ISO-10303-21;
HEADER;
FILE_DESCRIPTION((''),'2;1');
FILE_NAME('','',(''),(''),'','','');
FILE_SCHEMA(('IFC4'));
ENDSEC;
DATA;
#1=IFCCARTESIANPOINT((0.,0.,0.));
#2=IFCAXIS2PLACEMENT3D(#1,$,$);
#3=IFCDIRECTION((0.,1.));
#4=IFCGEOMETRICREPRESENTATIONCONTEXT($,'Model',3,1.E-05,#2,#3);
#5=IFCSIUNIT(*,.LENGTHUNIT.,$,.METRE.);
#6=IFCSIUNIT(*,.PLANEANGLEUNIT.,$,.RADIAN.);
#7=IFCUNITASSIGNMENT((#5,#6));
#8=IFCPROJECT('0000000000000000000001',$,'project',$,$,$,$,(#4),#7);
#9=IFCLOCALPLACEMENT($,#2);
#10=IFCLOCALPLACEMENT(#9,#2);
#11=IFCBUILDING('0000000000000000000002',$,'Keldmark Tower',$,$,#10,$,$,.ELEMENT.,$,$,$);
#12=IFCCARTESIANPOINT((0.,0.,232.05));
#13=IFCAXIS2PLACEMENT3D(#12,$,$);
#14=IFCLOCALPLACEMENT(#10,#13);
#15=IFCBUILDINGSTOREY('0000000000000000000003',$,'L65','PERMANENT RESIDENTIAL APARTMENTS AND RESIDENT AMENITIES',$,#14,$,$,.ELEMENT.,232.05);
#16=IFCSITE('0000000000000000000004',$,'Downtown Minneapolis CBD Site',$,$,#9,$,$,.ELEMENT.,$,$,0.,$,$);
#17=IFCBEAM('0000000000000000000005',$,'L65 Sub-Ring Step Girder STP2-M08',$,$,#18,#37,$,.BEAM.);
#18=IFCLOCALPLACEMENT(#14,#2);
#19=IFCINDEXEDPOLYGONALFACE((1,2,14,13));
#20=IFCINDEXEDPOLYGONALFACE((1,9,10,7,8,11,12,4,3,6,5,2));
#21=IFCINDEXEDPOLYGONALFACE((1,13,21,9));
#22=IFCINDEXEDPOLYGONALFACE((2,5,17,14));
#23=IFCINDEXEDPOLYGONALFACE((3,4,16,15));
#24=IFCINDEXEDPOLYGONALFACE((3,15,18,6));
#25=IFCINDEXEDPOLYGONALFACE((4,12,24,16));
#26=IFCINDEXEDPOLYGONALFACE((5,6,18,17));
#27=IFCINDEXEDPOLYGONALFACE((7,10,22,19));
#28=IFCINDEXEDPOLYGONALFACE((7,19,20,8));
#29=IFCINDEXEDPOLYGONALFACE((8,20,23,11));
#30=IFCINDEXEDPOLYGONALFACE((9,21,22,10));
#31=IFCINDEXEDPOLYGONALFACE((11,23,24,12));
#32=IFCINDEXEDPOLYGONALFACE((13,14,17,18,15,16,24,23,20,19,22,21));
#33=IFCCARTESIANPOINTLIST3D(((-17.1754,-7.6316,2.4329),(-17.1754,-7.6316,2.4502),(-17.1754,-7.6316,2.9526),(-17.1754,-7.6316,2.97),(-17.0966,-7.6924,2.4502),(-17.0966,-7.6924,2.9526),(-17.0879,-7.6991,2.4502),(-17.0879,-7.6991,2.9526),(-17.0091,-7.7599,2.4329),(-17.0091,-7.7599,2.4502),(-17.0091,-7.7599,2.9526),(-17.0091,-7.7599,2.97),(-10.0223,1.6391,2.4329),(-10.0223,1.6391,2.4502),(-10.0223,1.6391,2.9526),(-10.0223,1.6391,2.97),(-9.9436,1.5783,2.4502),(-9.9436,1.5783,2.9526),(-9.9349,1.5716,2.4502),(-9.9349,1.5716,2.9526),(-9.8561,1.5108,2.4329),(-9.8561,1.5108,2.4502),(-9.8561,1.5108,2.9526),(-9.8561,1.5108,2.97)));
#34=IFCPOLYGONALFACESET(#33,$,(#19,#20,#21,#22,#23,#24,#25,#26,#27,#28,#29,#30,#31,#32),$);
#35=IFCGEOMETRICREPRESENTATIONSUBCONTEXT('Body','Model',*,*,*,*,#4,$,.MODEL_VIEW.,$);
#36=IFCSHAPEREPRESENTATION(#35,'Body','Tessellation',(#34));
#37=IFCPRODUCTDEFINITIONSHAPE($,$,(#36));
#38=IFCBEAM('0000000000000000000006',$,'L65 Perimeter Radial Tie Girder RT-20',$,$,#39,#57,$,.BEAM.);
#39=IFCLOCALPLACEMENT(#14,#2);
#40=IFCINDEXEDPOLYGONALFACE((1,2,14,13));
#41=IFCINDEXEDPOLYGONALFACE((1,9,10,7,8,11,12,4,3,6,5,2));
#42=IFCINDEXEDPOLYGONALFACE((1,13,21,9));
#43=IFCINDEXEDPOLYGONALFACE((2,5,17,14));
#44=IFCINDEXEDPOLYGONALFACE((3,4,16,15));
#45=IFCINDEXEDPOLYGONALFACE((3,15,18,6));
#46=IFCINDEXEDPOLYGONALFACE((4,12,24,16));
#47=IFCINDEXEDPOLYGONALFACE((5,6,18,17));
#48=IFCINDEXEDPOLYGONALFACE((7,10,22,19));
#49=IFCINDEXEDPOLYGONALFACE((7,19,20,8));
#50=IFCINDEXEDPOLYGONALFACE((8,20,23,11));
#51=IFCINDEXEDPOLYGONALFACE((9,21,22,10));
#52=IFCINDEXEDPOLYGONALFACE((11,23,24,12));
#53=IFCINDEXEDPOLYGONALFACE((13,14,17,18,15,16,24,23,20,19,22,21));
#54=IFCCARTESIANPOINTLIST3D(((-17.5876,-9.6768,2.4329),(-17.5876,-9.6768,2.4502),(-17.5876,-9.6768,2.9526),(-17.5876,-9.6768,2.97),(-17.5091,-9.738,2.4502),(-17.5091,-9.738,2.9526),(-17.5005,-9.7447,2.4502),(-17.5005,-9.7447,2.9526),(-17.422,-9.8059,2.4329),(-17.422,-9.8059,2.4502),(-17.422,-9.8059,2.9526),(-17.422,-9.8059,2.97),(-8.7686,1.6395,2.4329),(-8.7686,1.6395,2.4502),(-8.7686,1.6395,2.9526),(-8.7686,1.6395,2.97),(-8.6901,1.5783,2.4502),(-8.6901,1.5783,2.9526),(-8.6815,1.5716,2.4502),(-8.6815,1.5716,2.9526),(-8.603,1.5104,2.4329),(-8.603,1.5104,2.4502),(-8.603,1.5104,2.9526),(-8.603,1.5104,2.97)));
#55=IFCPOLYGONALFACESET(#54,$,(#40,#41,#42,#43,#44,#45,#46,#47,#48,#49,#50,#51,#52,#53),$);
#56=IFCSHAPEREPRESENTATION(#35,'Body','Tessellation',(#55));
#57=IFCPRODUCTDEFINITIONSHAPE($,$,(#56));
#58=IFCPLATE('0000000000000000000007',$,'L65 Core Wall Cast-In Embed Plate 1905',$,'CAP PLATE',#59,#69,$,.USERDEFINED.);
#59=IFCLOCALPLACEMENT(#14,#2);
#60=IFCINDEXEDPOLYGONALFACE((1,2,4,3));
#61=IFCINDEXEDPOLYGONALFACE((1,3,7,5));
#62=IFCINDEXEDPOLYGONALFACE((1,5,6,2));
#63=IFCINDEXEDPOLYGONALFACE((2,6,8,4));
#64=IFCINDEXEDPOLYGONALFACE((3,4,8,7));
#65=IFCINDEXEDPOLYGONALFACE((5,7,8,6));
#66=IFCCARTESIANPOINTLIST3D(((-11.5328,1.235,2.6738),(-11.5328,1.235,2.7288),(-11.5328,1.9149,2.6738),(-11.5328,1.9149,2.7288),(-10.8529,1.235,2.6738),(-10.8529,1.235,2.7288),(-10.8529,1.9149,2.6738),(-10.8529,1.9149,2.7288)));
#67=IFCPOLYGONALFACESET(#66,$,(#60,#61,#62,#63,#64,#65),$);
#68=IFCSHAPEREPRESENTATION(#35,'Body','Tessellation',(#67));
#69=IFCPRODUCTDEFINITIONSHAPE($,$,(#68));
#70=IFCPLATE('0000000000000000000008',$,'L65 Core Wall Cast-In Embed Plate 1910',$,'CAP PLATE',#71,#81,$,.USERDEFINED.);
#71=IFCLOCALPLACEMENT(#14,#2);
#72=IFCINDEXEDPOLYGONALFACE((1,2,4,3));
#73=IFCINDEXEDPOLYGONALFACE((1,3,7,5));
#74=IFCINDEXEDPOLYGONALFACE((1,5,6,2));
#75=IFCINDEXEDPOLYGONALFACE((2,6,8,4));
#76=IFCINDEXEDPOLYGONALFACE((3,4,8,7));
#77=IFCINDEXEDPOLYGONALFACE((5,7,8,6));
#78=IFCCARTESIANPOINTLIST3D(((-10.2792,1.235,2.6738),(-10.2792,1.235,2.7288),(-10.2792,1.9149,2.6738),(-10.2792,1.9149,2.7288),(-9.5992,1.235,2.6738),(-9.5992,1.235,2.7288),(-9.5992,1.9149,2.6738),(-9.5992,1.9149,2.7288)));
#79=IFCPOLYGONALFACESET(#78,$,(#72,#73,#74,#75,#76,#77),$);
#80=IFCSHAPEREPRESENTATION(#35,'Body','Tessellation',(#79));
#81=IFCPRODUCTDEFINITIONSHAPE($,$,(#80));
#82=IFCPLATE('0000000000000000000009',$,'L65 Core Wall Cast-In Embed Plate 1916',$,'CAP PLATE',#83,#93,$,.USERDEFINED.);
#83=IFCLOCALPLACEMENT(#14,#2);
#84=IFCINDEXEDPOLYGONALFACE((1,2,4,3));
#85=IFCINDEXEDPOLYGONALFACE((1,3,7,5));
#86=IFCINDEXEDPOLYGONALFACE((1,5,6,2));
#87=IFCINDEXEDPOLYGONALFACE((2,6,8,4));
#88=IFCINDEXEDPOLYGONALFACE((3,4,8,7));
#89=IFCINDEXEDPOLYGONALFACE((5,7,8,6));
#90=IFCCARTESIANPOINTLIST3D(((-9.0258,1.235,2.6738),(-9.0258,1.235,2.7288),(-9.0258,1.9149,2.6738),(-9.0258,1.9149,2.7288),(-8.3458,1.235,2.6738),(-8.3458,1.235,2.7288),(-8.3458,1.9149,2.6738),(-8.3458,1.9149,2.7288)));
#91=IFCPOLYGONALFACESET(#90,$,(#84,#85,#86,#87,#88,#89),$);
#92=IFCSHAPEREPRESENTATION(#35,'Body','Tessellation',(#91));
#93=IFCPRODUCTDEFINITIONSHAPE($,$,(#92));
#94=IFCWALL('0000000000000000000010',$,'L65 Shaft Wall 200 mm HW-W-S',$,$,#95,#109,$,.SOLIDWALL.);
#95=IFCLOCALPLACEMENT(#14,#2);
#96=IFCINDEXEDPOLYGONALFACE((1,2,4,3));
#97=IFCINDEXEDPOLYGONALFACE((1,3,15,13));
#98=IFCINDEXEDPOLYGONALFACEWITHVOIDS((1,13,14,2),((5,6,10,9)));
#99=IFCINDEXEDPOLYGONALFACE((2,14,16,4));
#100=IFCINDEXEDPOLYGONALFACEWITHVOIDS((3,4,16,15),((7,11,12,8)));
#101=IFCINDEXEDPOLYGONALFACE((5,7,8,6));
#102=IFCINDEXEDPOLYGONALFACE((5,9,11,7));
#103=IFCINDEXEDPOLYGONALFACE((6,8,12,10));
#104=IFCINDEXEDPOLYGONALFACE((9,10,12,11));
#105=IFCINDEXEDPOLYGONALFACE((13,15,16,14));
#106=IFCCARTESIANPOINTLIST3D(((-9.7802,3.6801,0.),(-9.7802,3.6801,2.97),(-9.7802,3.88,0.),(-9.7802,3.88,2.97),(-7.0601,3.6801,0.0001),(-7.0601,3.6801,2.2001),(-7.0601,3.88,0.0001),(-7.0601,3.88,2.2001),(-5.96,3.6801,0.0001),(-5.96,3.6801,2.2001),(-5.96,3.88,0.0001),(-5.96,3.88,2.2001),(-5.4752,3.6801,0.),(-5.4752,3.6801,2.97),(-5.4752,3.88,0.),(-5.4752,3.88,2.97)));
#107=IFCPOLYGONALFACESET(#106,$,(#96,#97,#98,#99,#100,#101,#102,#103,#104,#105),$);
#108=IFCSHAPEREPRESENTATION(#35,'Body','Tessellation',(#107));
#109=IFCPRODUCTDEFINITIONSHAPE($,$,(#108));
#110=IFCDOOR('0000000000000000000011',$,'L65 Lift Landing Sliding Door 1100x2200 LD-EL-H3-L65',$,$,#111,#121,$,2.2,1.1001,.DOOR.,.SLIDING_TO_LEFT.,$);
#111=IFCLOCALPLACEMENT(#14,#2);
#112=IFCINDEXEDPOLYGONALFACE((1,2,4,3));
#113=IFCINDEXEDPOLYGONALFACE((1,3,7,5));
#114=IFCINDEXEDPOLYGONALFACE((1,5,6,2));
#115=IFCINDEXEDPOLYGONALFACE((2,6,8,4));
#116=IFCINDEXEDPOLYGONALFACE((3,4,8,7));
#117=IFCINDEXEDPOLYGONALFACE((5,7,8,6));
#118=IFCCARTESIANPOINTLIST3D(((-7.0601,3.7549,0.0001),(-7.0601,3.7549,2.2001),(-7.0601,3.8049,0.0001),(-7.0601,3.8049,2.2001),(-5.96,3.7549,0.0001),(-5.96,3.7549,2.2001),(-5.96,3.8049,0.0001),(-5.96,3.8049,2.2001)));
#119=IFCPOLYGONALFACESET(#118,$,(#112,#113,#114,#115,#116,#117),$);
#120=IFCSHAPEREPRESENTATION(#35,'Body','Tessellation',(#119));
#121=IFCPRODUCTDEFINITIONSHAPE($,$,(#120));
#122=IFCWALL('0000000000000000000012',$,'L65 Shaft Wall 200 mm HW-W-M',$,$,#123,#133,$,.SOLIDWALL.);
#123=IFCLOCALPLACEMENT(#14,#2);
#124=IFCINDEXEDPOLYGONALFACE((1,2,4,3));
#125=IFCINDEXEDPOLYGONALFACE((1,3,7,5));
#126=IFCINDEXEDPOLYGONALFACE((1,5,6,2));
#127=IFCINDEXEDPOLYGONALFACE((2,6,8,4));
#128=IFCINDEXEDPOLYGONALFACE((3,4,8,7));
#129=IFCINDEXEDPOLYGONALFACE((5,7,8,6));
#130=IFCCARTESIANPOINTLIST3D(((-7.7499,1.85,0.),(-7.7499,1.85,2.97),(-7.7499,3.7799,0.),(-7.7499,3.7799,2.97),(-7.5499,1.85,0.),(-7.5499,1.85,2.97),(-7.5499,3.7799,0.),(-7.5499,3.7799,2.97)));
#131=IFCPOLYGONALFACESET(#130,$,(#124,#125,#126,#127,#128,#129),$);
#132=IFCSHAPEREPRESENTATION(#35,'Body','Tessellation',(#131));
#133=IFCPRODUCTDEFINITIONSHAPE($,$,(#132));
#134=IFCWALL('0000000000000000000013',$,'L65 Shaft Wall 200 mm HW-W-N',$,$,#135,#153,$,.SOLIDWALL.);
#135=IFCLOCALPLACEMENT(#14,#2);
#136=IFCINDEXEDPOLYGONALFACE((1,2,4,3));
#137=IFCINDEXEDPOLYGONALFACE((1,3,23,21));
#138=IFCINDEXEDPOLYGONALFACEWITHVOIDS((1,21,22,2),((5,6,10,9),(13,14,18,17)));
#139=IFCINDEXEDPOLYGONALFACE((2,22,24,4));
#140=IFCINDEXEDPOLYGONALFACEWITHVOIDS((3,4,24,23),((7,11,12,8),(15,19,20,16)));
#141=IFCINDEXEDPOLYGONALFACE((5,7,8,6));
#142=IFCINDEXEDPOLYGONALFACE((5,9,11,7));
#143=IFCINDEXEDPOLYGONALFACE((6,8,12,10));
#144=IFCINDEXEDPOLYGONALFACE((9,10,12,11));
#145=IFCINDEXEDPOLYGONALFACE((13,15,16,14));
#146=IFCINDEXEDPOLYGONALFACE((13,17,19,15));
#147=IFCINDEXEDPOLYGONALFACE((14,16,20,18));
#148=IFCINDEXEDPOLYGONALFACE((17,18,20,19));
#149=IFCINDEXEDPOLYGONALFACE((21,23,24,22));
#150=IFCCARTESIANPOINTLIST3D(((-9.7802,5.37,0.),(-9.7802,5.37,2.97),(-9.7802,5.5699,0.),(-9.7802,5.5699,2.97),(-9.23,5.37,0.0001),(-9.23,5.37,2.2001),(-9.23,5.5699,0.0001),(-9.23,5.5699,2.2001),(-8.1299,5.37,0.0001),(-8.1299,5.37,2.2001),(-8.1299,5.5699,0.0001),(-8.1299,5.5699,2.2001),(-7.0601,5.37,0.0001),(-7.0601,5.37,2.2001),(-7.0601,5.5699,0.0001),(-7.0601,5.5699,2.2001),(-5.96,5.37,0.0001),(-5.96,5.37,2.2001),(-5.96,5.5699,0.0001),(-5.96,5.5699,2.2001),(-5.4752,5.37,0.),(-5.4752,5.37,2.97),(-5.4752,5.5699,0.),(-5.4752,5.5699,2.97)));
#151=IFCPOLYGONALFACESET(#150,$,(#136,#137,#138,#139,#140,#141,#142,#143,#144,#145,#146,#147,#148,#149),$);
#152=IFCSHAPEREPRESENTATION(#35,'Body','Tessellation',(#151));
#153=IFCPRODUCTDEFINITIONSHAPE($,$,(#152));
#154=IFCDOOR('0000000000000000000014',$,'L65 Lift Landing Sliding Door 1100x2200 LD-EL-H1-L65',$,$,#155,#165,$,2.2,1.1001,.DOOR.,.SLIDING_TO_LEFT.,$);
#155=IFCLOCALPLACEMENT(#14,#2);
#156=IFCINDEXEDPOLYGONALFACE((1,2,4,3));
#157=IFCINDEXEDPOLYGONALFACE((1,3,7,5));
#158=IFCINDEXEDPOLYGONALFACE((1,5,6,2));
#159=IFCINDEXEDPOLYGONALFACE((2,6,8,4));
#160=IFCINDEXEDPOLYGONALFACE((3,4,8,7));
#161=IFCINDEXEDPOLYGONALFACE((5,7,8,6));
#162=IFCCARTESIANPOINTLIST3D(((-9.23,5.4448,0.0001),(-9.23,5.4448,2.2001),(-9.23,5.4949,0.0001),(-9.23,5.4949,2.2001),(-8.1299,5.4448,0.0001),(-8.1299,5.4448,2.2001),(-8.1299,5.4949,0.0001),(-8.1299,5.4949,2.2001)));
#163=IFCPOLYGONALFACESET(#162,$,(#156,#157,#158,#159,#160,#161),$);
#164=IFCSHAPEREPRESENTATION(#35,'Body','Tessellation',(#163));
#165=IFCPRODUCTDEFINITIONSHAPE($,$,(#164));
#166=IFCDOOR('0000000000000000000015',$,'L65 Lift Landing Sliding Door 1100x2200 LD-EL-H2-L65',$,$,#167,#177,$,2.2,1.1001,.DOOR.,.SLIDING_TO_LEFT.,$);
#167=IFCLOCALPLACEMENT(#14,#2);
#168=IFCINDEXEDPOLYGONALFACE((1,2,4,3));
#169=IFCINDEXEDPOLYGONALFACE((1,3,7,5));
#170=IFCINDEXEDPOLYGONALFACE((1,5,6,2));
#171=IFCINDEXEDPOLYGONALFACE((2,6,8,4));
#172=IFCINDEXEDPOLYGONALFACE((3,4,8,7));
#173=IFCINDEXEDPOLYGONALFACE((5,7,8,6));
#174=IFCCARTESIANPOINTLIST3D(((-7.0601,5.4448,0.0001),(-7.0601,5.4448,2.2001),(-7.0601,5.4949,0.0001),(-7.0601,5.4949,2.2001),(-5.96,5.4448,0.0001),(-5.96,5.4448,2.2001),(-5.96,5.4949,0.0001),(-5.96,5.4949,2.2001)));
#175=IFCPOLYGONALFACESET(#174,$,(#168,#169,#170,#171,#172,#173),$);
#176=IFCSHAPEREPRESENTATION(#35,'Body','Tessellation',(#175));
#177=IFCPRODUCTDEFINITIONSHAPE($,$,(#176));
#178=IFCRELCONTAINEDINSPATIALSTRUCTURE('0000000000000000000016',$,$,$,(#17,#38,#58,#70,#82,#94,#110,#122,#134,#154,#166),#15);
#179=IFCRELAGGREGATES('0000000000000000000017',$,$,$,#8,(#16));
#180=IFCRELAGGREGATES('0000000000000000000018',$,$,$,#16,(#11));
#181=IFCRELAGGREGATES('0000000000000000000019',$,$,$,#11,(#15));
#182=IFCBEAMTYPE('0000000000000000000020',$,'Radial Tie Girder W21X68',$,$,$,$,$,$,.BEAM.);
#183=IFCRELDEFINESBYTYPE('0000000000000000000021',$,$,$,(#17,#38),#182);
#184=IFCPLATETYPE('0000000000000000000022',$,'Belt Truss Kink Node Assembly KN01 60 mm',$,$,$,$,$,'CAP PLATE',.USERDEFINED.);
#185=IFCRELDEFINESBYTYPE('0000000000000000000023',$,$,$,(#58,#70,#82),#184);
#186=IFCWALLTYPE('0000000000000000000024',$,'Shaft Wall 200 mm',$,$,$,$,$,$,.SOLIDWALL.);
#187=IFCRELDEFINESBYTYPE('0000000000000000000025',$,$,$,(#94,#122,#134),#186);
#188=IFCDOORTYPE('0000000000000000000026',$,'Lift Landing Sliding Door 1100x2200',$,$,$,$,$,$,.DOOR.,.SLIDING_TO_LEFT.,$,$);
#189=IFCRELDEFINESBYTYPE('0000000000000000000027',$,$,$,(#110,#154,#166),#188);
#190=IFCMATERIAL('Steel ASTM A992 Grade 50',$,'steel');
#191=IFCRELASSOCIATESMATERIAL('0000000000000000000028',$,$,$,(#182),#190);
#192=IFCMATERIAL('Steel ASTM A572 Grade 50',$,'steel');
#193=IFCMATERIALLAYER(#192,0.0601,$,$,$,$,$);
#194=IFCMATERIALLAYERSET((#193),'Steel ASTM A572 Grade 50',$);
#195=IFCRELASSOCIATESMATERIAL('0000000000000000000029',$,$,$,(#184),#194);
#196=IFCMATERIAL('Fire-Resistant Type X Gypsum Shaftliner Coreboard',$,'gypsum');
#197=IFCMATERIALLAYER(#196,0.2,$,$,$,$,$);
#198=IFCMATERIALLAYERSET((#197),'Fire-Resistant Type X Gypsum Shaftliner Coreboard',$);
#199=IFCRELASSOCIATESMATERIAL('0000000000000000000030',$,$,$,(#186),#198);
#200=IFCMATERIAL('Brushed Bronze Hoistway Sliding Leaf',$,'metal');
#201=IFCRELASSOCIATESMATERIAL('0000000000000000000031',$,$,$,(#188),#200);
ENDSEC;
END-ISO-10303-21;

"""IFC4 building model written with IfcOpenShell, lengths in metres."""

from ifc_helpers import new_model, si_unit, direction, frame, frame_2d, origin, origin_2d, place, context, subcontext, project, spatial, rectangle, i_section, extrude, material, layer, layer_set, material_profile, profile_set, type_object, element, fill, save


model = new_model("IFC4")

# Units and contexts
model_context = context("Model", 3, precision=1e-05, world=origin(), true_north=direction((0.0, 1.0)))
body_context = subcontext(model_context, "Body", "Model", "MODEL_VIEW")
ifc_project = project(units=[si_unit("LENGTHUNIT", "METRE"), si_unit("PLANEANGLEUNIT", "RADIAN")], contexts=[model_context])

# Site, building, storey
site_placement = place(None, origin())
site = spatial("IfcSite", under=ifc_project, at=site_placement, Name="Downtown Minneapolis CBD Site", CompositionType="ELEMENT", RefElevation=0.0)
building_placement = place(site_placement, origin())
building = spatial("IfcBuilding", under=site, at=building_placement, Name="Keldmark Tower", CompositionType="ELEMENT")
storey_placement = place(building_placement, frame((0.0, 0.0, 232.05)))
storey = spatial("IfcBuildingStorey", under=building, at=storey_placement, Name="L65", Description="PERMANENT RESIDENTIAL APARTMENTS AND RESIDENT AMENITIES", CompositionType="ELEMENT", Elevation=232.05)

# Beams
ifc_material_1 = material(Name="Steel ASTM A992 Grade 50", Category="steel")
ifc_material_profile = material_profile(ifc_material_1, i_section(OverallWidth=0.21, OverallDepth=0.5371, WebThickness=0.011, FlangeThickness=0.0173, at=origin_2d()), Name="W21X68")
ifc_profile_set = profile_set([ifc_material_profile], Name="Steel ASTM A992 Grade 50")
beam_type = type_object("IfcBeamType", Name="Radial Tie Girder W21X68", PredefinedType="BEAM", material=ifc_profile_set)
beam_1_placement = place(storey_placement, frame((-9.9392, 1.575, 2.7014), z_axis=(-0.610876, -0.791726, 0.0), x_axis=(0.791726, -0.610876, 0.0)))
element("IfcBeam", 1, at=beam_1_placement, inside=storey, type_object=beam_type, Name="L65 Sub-Ring Step Girder STP2-M08", PredefinedType="BEAM", context=body_context, shape_type="SweptSolid", body=[
    extrude(i_section(OverallWidth=0.21, OverallDepth=0.5371, WebThickness=0.011, FlangeThickness=0.0173, at=origin_2d()), origin(), (0.0, 0.0, 1.0), 11.7095),
])
beam_2_placement = place(storey_placement, frame((-8.6858, 1.575, 2.7014), z_axis=(-0.614698, -0.788763, 0.0), x_axis=(0.788763, -0.614698, 0.0)))
element("IfcBeam", 2, at=beam_2_placement, inside=storey, type_object=beam_type, Name="L65 Perimeter Radial Tie Girder RT-20", PredefinedType="BEAM", context=body_context, shape_type="SweptSolid", body=[
    extrude(i_section(OverallWidth=0.21, OverallDepth=0.5371, WebThickness=0.011, FlangeThickness=0.0173, at=origin_2d()), origin(), (0.0, 0.0, 1.0), 14.3469),
])

# Plates
ifc_material_2 = material(Name="Steel ASTM A572 Grade 50", Category="steel")
ifc_layer_1 = layer(ifc_material_2, 0.0601)
ifc_layer_set_1 = layer_set([ifc_layer_1], Name="Steel ASTM A572 Grade 50")
plate_type = type_object("IfcPlateType", Name="Belt Truss Kink Node Assembly KN01 60 mm", ElementType="CAP PLATE", PredefinedType="USERDEFINED", material=ifc_layer_set_1)
for number, where, z_axis, x_axis, name in (
    (3, (-11.1929, 1.575, 2.6738), (0.0, 0.0, 1.0), (1.0, 0.0, 0.0), "L65 Core Wall Cast-In Embed Plate 1905"),
    (4, (-9.9392, 1.575, 2.6738), (0.0, 0.0, 1.0), (1.0, 0.0, 0.0), "L65 Core Wall Cast-In Embed Plate 1910"),
    (5, (-8.6858, 1.575, 2.6738), (0.0, 0.0, 1.0), (1.0, 0.0, 0.0), "L65 Core Wall Cast-In Embed Plate 1916"),
):
    element("IfcPlate", number, at=place(storey_placement, frame(where, z_axis=z_axis, x_axis=x_axis)), inside=storey, type_object=plate_type, Name=name, ObjectType="CAP PLATE", PredefinedType="USERDEFINED", context=body_context, shape_type="SweptSolid", body=[
        extrude(rectangle(XDim=0.6799, YDim=0.6799, at=origin_2d()), origin(), (0.0, 0.0, 1.0), 0.0549),
    ])

# Wall, opening, door
ifc_material_3 = material(Name="Fire-Resistant Type X Gypsum Shaftliner Coreboard", Category="gypsum")
ifc_layer_2 = layer(ifc_material_3, 0.2)
ifc_layer_set_2 = layer_set([ifc_layer_2], Name="Fire-Resistant Type X Gypsum Shaftliner Coreboard")
wall_type_1 = type_object("IfcWallType", Name="Shaft Wall 200 mm", PredefinedType="SOLIDWALL", material=ifc_layer_set_2)
wall_1_placement = place(storey_placement, frame((-9.78, 3.78, 0.0), z_axis=(0.0, 0.0, 1.0), x_axis=(1.0, 0.0, 0.0)))
wall_1 = element("IfcWall", 6, at=wall_1_placement, inside=storey, type_object=wall_type_1, Name="L65 Shaft Wall 200 mm HW-W-S", PredefinedType="SOLIDWALL", context=body_context, shape_type="SweptSolid", body=[
    extrude(rectangle(XDim=4.3049, YDim=0.2, at=frame_2d((2.1523, 0.0))), origin(), (0.0, 0.0, 1.0), 2.97),
])
opening_1_placement = place(wall_1_placement, frame((2.72, 0.0, 0.0)))
opening_1 = element("IfcOpeningElement", 7, at=opening_1_placement, cuts=wall_1, PredefinedType="OPENING", context=body_context, shape_type="SweptSolid", body=[
    extrude(rectangle(XDim=1.1001, YDim=2.2, at=frame_2d((0.55, 1.1001))), frame((0.0, 0.1099, 0.0), z_axis=(0.0, -1.0, 0.0), x_axis=(1.0, 0.0, 0.0)), (0.0, 0.0, 1.0), 0.22),
])
ifc_material_4 = material(Name="Brushed Bronze Hoistway Sliding Leaf", Category="metal")
door_type = type_object("IfcDoorType", Name="Lift Landing Sliding Door 1100x2200", OperationType="SLIDING_TO_LEFT", PredefinedType="DOOR", material=ifc_material_4)
door_1_placement = place(opening_1_placement, origin())
door_1 = element("IfcDoor", 8, at=door_1_placement, inside=storey, type_object=door_type, Name="L65 Lift Landing Sliding Door 1100x2200 LD-EL-H3-L65", OperationType="SLIDING_TO_LEFT", OverallHeight=2.2, OverallWidth=1.1001, PredefinedType="DOOR", context=body_context, shape_type="SweptSolid", body=[
    extrude(rectangle(XDim=1.1001, YDim=2.2, at=frame_2d((0.55, 1.1001))), frame((0.0, 0.0249, 0.0), z_axis=(0.0, -1.0, 0.0), x_axis=(1.0, 0.0, 0.0)), (0.0, 0.0, 1.0), 0.05),
])
fill(opening_1, door_1)

# Wall
wall_2_placement = place(storey_placement, frame((-7.6499, 1.8501, 0.0), z_axis=(0.0, 0.0, 1.0), x_axis=(0.0, 1.0, 0.0)))
element("IfcWall", 9, at=wall_2_placement, inside=storey, type_object=wall_type_1, Name="L65 Shaft Wall 200 mm HW-W-M", PredefinedType="SOLIDWALL", context=body_context, shape_type="SweptSolid", body=[
    extrude(rectangle(XDim=1.9299, YDim=0.2, at=frame_2d((0.9648, 0.0))), origin(), (0.0, 0.0, 1.0), 2.97),
])

# Wall, openings, doors
wall_3_placement = place(storey_placement, frame((-9.78, 5.47, 0.0), z_axis=(0.0, 0.0, 1.0), x_axis=(1.0, 0.0, 0.0)))
wall_3 = element("IfcWall", 10, at=wall_3_placement, inside=storey, type_object=wall_type_1, Name="L65 Shaft Wall 200 mm HW-W-N", PredefinedType="SOLIDWALL", context=body_context, shape_type="SweptSolid", body=[
    extrude(rectangle(XDim=4.3049, YDim=0.2, at=frame_2d((2.1523, 0.0))), origin(), (0.0, 0.0, 1.0), 2.97),
])
opening_2_placement = place(wall_3_placement, frame((0.55, 0.0, 0.0)))
opening_2 = element("IfcOpeningElement", 11, at=opening_2_placement, cuts=wall_3, PredefinedType="OPENING", context=body_context, shape_type="SweptSolid", body=[
    extrude(rectangle(XDim=1.1001, YDim=2.2, at=frame_2d((0.55, 1.1001))), frame((0.0, 0.1099, 0.0), z_axis=(0.0, -1.0, 0.0), x_axis=(1.0, 0.0, 0.0)), (0.0, 0.0, 1.0), 0.22),
])
opening_3_placement = place(wall_3_placement, frame((2.72, 0.0, 0.0)))
opening_3 = element("IfcOpeningElement", 12, at=opening_3_placement, cuts=wall_3, PredefinedType="OPENING", context=body_context, shape_type="SweptSolid", body=[
    extrude(rectangle(XDim=1.1001, YDim=2.2, at=frame_2d((0.55, 1.1001))), frame((0.0, 0.1099, 0.0), z_axis=(0.0, -1.0, 0.0), x_axis=(1.0, 0.0, 0.0)), (0.0, 0.0, 1.0), 0.22),
])
door_2_placement = place(opening_2_placement, origin())
door_2 = element("IfcDoor", 13, at=door_2_placement, inside=storey, type_object=door_type, Name="L65 Lift Landing Sliding Door 1100x2200 LD-EL-H1-L65", OperationType="SLIDING_TO_LEFT", OverallHeight=2.2, OverallWidth=1.1001, PredefinedType="DOOR", context=body_context, shape_type="SweptSolid", body=[
    extrude(rectangle(XDim=1.1001, YDim=2.2, at=frame_2d((0.55, 1.1001))), frame((0.0, 0.0249, 0.0), z_axis=(0.0, -1.0, 0.0), x_axis=(1.0, 0.0, 0.0)), (0.0, 0.0, 1.0), 0.05),
])
fill(opening_2, door_2)
door_3_placement = place(opening_3_placement, origin())
door_3 = element("IfcDoor", 14, at=door_3_placement, inside=storey, type_object=door_type, Name="L65 Lift Landing Sliding Door 1100x2200 LD-EL-H2-L65", OperationType="SLIDING_TO_LEFT", OverallHeight=2.2, OverallWidth=1.1001, PredefinedType="DOOR", context=body_context, shape_type="SweptSolid", body=[
    extrude(rectangle(XDim=1.1001, YDim=2.2, at=frame_2d((0.55, 1.1001))), frame((0.0, 0.0249, 0.0), z_axis=(0.0, -1.0, 0.0), x_axis=(1.0, 0.0, 0.0)), (0.0, 0.0, 1.0), 0.05),
])
fill(opening_3, door_3)

save(model, "model.ifc")
